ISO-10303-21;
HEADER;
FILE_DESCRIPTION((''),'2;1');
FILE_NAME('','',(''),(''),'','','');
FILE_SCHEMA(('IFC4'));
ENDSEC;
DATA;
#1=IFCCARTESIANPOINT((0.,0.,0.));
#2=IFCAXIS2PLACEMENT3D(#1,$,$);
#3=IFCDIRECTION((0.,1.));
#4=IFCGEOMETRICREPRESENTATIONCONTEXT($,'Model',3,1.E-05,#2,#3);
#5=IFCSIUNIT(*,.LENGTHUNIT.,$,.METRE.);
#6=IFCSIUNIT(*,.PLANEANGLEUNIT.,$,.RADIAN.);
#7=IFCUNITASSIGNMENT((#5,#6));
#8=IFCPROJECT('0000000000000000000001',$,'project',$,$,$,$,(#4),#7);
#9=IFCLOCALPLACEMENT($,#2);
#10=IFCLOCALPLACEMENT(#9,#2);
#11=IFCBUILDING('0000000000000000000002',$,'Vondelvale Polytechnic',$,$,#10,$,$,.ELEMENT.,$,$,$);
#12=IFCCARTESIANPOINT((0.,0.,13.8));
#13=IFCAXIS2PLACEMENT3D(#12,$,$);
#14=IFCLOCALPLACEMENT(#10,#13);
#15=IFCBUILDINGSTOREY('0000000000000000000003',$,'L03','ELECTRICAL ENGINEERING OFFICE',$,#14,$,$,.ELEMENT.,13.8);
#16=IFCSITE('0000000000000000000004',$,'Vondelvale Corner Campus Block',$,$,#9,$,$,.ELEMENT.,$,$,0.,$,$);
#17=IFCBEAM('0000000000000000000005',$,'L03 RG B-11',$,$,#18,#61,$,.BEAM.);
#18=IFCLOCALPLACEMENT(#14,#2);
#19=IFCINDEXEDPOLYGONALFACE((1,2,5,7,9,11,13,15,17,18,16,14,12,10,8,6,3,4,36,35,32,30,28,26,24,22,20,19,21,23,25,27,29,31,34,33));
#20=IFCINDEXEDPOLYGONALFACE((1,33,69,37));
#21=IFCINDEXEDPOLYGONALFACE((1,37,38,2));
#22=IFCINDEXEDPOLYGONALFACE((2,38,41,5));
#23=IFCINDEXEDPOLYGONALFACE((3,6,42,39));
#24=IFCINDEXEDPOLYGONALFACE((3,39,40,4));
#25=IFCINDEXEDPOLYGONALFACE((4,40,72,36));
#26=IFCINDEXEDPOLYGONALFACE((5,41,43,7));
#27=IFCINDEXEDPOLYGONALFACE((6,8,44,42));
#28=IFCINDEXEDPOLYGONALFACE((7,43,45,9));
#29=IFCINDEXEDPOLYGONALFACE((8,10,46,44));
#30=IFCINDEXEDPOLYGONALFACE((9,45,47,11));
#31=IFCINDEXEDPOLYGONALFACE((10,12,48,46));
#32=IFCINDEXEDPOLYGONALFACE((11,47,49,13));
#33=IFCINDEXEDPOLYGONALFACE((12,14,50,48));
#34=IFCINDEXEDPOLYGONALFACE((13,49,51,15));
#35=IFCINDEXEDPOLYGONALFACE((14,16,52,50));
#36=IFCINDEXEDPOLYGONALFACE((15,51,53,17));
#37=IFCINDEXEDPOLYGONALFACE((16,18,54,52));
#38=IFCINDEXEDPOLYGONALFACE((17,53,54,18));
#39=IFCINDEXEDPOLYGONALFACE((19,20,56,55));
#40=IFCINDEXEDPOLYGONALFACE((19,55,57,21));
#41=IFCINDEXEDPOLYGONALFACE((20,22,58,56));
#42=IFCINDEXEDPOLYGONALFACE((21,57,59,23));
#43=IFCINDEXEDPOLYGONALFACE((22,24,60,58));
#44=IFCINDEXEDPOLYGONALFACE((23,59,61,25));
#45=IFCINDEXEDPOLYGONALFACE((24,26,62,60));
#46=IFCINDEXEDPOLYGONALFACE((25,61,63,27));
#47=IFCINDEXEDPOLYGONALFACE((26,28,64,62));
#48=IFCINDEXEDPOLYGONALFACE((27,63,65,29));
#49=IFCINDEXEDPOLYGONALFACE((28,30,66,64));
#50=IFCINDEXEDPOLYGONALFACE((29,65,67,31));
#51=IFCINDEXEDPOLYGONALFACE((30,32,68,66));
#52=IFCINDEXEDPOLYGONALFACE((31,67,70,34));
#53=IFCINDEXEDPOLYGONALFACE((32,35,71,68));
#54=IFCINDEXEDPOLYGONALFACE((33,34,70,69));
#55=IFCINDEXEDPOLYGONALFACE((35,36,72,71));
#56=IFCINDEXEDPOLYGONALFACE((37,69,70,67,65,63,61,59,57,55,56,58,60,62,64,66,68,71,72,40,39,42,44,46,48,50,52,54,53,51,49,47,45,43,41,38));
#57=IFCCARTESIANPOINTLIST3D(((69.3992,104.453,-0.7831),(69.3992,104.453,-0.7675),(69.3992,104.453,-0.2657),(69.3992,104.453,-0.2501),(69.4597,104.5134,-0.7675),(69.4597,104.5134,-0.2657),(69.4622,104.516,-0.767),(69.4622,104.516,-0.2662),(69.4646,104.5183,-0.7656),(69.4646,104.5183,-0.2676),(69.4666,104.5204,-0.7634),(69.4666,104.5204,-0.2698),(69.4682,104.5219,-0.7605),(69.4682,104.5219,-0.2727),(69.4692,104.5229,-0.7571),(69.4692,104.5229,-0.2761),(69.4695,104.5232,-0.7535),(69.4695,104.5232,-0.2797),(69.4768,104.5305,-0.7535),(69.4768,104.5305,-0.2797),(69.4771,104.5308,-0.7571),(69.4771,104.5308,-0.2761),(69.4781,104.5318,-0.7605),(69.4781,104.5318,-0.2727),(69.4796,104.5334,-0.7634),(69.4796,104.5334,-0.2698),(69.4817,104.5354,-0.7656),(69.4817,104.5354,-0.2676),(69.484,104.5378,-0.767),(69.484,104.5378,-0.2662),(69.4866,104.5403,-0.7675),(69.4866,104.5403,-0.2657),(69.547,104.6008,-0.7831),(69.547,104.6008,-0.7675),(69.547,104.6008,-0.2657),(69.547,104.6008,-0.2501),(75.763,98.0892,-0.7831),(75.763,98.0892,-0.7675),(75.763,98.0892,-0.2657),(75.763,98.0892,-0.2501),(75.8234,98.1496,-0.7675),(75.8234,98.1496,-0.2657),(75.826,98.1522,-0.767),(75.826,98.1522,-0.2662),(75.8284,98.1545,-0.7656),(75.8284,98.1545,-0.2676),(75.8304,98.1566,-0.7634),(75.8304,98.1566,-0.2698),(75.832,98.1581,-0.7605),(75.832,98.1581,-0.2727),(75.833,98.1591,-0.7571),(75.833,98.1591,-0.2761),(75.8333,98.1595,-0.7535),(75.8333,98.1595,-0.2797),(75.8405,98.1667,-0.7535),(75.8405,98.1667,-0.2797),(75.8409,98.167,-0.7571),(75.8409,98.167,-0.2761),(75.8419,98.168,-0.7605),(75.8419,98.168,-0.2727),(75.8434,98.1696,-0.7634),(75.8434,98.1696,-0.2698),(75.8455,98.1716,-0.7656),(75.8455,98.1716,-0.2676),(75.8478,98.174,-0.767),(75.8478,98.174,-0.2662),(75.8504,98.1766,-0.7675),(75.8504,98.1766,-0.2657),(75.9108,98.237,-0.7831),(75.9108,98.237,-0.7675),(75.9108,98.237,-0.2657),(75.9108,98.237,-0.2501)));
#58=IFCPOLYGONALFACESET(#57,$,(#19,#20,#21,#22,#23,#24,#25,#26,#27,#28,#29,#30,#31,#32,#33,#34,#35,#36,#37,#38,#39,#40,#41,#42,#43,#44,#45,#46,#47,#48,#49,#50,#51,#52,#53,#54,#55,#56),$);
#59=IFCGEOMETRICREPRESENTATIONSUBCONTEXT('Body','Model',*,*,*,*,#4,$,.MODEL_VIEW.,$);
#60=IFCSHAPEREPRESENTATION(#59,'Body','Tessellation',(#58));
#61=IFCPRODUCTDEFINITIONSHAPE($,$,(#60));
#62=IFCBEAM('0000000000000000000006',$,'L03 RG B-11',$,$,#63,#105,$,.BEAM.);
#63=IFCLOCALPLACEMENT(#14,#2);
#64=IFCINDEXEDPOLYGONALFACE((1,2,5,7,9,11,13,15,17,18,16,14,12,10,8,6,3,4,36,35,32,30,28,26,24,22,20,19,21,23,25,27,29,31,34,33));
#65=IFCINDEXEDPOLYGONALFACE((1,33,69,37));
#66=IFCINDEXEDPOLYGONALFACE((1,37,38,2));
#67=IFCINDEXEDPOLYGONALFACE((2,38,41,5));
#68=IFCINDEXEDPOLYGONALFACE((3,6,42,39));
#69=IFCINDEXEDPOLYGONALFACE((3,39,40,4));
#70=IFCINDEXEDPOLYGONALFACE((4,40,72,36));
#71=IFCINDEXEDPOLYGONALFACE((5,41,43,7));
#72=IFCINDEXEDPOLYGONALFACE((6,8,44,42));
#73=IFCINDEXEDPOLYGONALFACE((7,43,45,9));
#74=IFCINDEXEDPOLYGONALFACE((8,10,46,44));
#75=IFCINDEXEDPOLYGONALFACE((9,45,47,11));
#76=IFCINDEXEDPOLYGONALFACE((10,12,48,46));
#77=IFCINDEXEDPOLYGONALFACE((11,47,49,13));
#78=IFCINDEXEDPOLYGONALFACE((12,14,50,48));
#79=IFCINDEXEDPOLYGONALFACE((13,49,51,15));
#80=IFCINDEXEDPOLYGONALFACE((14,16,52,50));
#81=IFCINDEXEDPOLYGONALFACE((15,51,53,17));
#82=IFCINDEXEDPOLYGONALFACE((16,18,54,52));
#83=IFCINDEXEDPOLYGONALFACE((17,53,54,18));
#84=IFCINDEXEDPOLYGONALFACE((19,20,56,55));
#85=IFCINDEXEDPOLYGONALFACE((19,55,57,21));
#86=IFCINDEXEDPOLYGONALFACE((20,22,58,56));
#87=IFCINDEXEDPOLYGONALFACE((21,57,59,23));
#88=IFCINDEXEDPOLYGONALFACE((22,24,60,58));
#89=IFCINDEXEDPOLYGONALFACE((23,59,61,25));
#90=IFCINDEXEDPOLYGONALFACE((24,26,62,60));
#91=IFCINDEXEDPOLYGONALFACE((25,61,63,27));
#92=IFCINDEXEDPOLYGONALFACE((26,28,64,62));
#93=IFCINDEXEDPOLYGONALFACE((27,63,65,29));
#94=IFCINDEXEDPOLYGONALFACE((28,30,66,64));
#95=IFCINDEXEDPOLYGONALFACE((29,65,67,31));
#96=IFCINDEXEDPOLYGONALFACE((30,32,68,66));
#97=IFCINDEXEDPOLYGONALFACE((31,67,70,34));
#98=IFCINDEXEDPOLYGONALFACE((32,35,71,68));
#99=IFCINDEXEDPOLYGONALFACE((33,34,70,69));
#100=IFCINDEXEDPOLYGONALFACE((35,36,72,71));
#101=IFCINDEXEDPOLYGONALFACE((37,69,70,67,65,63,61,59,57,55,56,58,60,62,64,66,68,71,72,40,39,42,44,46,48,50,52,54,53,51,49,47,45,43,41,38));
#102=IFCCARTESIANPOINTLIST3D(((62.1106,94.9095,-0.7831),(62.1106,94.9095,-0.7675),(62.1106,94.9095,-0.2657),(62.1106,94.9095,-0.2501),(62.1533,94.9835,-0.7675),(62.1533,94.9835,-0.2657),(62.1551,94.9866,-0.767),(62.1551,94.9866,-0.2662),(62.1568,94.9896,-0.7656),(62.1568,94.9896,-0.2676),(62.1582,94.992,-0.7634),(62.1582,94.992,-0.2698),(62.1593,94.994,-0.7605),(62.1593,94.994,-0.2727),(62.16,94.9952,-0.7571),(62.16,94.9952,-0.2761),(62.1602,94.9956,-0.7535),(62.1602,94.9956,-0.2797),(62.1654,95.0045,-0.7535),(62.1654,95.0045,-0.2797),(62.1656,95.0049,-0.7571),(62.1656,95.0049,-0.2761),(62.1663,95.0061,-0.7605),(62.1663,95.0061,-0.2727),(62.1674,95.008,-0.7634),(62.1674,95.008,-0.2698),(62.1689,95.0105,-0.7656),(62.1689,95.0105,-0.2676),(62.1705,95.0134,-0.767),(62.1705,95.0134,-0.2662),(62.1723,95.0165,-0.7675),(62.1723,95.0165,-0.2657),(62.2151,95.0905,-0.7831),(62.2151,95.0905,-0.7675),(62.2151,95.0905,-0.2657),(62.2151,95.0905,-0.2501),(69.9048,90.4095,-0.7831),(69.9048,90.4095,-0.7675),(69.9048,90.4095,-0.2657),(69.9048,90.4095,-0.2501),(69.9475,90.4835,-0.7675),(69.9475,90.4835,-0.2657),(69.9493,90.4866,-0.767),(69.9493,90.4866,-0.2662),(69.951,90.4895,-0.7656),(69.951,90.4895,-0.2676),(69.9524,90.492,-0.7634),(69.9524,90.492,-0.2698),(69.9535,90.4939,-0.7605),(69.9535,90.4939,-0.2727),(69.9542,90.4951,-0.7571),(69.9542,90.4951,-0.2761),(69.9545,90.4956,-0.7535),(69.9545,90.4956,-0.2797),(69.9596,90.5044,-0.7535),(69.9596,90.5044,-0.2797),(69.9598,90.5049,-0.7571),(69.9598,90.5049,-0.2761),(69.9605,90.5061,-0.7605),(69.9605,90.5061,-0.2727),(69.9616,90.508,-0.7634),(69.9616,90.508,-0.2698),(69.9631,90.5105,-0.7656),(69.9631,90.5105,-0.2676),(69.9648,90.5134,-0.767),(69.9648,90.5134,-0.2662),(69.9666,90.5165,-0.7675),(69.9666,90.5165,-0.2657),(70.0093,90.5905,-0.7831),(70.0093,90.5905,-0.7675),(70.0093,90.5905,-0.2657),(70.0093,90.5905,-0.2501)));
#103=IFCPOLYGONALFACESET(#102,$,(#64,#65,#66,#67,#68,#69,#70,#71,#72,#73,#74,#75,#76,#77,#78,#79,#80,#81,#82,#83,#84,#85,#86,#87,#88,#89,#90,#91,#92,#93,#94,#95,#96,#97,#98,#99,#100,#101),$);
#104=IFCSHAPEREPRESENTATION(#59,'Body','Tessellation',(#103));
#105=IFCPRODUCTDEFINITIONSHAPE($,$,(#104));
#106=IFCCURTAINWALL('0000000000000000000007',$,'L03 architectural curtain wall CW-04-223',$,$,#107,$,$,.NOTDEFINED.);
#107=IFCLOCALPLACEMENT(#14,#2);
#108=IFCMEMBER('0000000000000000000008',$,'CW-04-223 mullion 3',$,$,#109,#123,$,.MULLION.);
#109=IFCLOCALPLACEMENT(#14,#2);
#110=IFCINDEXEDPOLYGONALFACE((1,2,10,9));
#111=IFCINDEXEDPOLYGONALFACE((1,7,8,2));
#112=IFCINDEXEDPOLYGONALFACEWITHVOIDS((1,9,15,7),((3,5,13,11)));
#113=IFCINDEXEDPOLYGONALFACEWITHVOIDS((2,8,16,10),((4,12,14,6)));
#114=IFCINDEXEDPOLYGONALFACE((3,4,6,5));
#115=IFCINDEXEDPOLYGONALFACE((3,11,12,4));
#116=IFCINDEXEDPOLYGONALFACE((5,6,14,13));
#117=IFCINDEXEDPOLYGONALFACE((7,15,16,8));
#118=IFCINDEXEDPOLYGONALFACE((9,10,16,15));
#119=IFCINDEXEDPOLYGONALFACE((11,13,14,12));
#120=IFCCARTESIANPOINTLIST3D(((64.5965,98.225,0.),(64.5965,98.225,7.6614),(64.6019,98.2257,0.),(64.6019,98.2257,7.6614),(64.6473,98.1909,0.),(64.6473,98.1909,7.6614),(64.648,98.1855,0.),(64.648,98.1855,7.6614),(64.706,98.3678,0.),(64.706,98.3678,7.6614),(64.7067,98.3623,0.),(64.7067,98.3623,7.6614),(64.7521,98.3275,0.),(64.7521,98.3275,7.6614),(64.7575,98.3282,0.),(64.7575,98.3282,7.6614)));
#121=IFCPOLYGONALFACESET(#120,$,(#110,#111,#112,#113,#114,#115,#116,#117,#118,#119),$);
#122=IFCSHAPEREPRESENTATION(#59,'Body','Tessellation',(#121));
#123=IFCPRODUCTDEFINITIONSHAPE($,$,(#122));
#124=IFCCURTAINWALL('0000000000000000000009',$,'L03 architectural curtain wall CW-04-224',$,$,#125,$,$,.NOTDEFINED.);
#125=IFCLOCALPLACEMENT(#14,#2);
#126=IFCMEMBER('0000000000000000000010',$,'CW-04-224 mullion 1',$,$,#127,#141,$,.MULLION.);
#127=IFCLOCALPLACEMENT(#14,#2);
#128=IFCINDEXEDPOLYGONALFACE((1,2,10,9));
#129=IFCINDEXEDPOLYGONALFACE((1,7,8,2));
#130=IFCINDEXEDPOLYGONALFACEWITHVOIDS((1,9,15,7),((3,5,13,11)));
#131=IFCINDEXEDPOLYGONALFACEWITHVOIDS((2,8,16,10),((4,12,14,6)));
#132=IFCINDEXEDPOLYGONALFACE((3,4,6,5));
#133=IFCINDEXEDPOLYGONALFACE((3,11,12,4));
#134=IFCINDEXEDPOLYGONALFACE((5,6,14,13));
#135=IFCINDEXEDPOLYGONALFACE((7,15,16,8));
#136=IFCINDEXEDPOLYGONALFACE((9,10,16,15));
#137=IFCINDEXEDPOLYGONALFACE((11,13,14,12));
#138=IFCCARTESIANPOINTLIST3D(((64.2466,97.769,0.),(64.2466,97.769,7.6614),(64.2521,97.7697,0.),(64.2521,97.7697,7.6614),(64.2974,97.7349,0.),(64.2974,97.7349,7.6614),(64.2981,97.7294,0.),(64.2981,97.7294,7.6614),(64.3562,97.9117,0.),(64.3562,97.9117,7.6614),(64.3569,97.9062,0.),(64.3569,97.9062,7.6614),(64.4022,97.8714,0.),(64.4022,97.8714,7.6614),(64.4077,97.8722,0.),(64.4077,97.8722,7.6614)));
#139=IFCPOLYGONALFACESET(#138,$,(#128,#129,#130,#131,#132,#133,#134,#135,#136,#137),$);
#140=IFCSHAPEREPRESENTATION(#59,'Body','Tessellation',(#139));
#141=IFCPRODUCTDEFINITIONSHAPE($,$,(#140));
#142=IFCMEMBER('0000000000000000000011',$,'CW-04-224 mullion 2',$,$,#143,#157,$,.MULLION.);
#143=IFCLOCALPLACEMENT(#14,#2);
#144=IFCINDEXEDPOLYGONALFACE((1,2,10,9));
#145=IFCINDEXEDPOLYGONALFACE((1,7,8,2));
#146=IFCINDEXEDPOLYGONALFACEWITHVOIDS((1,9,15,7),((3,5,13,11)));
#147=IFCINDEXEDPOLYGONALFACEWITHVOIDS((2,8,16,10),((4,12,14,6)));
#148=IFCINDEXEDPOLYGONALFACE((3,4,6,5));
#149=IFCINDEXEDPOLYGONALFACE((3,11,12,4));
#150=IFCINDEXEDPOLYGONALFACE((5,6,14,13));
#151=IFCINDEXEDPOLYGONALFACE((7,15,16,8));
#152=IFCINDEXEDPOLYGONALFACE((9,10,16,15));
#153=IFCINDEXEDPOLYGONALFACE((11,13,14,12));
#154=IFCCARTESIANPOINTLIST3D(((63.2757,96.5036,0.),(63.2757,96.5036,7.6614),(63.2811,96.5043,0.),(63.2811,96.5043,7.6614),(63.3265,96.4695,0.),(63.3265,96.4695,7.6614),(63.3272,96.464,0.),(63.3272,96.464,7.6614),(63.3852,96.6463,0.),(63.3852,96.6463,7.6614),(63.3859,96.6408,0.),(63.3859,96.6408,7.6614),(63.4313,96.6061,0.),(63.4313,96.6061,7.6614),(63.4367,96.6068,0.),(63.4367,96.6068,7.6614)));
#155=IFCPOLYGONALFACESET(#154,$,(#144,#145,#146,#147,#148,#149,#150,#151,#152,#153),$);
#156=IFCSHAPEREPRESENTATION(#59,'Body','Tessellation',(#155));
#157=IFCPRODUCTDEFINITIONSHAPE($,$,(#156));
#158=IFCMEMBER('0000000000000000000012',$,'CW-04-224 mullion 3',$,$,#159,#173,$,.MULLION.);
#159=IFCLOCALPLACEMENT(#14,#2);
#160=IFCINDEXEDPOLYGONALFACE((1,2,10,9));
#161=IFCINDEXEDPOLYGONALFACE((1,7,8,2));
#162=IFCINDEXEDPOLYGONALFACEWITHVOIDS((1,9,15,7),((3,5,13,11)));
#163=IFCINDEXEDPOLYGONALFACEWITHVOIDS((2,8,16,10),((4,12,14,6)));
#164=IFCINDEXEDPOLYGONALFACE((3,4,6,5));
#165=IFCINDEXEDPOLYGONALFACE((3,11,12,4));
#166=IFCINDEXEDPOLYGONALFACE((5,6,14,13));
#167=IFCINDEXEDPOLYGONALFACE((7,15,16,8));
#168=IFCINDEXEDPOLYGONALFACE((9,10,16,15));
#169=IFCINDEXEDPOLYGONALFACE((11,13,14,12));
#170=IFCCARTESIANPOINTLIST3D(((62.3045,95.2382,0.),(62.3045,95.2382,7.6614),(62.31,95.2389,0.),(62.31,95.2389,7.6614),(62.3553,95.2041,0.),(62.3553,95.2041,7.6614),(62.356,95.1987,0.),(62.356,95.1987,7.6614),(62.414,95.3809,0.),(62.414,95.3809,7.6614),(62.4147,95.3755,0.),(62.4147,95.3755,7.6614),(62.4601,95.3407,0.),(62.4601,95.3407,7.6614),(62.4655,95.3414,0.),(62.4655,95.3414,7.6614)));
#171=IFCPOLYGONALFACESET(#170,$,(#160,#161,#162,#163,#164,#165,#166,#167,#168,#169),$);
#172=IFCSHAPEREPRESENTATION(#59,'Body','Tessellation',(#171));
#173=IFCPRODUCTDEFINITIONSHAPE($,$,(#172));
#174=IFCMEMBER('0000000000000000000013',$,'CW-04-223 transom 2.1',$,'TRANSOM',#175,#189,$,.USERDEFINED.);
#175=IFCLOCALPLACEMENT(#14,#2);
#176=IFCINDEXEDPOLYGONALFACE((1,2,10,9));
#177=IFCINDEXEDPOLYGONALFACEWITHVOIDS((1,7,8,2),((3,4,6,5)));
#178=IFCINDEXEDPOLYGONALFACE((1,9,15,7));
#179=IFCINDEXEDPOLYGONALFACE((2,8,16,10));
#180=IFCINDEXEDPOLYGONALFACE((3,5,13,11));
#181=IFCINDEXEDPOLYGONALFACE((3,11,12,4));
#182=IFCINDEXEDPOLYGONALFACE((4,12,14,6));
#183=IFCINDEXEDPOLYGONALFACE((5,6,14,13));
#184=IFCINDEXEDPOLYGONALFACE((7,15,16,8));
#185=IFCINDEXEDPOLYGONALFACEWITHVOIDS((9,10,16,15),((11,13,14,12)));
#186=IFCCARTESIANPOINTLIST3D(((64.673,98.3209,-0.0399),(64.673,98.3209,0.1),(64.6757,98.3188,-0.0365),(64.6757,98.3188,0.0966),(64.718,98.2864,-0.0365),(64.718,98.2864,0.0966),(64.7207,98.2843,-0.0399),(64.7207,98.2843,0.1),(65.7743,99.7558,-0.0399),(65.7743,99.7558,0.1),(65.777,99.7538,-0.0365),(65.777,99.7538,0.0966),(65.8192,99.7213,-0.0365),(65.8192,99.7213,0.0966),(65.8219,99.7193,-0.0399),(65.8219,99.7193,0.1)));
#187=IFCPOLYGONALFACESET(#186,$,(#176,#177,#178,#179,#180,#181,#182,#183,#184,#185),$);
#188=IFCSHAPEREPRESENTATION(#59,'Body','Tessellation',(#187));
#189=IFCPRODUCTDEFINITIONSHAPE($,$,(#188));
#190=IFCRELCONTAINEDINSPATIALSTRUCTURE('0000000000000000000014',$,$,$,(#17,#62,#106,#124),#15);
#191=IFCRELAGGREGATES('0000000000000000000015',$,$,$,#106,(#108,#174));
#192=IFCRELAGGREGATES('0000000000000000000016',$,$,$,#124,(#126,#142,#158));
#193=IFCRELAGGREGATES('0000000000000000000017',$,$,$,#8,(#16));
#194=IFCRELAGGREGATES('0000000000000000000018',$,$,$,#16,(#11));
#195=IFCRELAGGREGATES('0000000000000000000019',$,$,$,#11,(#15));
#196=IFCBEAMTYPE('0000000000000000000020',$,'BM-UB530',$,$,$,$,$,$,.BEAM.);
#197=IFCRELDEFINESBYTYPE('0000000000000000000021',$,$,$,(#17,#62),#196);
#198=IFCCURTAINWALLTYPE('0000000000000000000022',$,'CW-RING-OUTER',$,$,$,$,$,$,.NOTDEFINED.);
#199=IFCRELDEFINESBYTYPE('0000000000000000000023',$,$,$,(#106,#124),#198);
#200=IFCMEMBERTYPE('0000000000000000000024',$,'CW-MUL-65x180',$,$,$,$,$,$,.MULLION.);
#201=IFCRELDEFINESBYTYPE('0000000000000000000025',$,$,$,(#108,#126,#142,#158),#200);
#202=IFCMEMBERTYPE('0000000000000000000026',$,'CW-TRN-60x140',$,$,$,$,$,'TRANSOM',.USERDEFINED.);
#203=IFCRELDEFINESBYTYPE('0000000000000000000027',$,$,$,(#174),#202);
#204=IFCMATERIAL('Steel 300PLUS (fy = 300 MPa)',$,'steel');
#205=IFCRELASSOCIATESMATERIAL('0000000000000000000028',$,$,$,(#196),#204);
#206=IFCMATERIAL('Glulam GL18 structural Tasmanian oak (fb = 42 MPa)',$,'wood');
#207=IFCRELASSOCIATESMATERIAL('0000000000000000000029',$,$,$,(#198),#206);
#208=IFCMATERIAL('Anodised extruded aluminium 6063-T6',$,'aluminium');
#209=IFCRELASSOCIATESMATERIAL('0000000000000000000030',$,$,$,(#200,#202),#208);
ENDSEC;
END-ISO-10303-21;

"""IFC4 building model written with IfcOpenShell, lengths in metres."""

from ifc_helpers import new_model, si_unit, direction, frame, origin, origin_2d, place, context, subcontext, project, spatial, hollow_rectangle, i_section, extrude, material, material_profile, profile_set, type_object, element, aggregate, save


model = new_model("IFC4")

# Units and contexts
model_context = context("Model", 3, precision=1e-05, world=origin(), true_north=direction((0.0, 1.0)))
body_context = subcontext(model_context, "Body", "Model", "MODEL_VIEW")
ifc_project = project(units=[si_unit("LENGTHUNIT", "METRE"), si_unit("PLANEANGLEUNIT", "RADIAN")], contexts=[model_context])

# Site, building, storey
site_placement = place(None, origin())
site = spatial("IfcSite", under=ifc_project, at=site_placement, Name="Vondelvale Corner Campus Block", CompositionType="ELEMENT", RefElevation=0.0)
building_placement = place(site_placement, origin())
building = spatial("IfcBuilding", under=site, at=building_placement, Name="Vondelvale Polytechnic", CompositionType="ELEMENT")
storey_placement = place(building_placement, frame((0.0, 0.0, 13.8)))
storey = spatial("IfcBuildingStorey", under=building, at=storey_placement, Name="L03", Description="ELECTRICAL ENGINEERING OFFICE", CompositionType="ELEMENT", Elevation=13.8)

# Shared definitions
ifc_material_1 = material(Name="Glulam GL18 structural Tasmanian oak (fb = 42 MPa)", Category="wood")
ifc_material_2 = material(Name="Steel 300PLUS (fy = 300 MPa)", Category="steel")

# Beams
ifc_material_profile_1 = material_profile(ifc_material_2, i_section(OverallWidth=0.209, OverallDepth=0.533, WebThickness=0.0103, FlangeThickness=0.0156, FilletRadius=0.0139, at=origin_2d()), Name="530UB92.4")
ifc_profile_set_1 = profile_set([ifc_material_profile_1], Name="Steel 300PLUS (fy = 300 MPa)")
beam_type_1 = type_object("IfcBeamType", Name="BM-UB530", PredefinedType="BEAM", material=ifc_profile_set_1)
beam_1_placement = place(storey_placement, frame((75.8369, 98.1631, -0.5166), z_axis=(-0.707107, 0.707107, 0.0), x_axis=(-0.707107, -0.707107, 0.0)))
element("IfcBeam", 1, at=beam_1_placement, inside=storey, type_object=beam_type_1, Name="L03 RG B-11", PredefinedType="BEAM", context=body_context, shape_type="SweptSolid", body=[
    extrude(i_section(OverallWidth=0.209, OverallDepth=0.533, WebThickness=0.0103, FlangeThickness=0.0156, FilletRadius=0.0139, at=origin_2d()), origin(), (0.0, 0.0, 1.0), 8.9998),
])
beam_2_placement = place(storey_placement, frame((69.957, 90.5, -0.5166), z_axis=(-0.866024, 0.500002, 0.0), x_axis=(-0.500002, -0.866024, 0.0)))
element("IfcBeam", 2, at=beam_2_placement, inside=storey, type_object=beam_type_1, Name="L03 RG B-11", PredefinedType="BEAM", context=body_context, shape_type="SweptSolid", body=[
    extrude(i_section(OverallWidth=0.209, OverallDepth=0.533, WebThickness=0.0103, FlangeThickness=0.0156, FilletRadius=0.0139, at=origin_2d()), origin(), (0.0, 0.0, 1.0), 9.0),
])

# Curtain wall, member
curtain_wall_type_1 = type_object("IfcCurtainWallType", Name="CW-RING-OUTER", PredefinedType="NOTDEFINED", material=ifc_material_1)
curtain_wall_1_placement = place(storey_placement, origin())
curtain_wall_1 = element("IfcCurtainWall", 3, at=curtain_wall_1_placement, inside=storey, type_object=curtain_wall_type_1, Name="L03 architectural curtain wall CW-04-223", PredefinedType="NOTDEFINED")
ifc_material_3 = material(Name="Anodised extruded aluminium 6063-T6", Category="aluminium")
ifc_material_profile_2 = material_profile(ifc_material_3, hollow_rectangle(XDim=0.0649, YDim=0.1799, WallThickness=0.0039, at=origin_2d()), Name="CW-MUL-180x65")
ifc_profile_set_2 = profile_set([ifc_material_profile_2], Name="Anodised extruded aluminium 6063-T6")
member_type_1 = type_object("IfcMemberType", Name="CW-MUL-65x180", PredefinedType="MULLION", material=ifc_profile_set_2)
member_1_placement = place(storey_placement, frame((64.677, 98.2766, 0.0), z_axis=(0.0, 0.0, 1.0), x_axis=(0.793346, -0.608771, 0.0)))
member_1 = element("IfcMember", 4, at=member_1_placement, type_object=member_type_1, Name="CW-04-223 mullion 3", PredefinedType="MULLION", context=body_context, shape_type="SweptSolid", body=[
    extrude(hollow_rectangle(XDim=0.0649, YDim=0.1799, WallThickness=0.0039, at=origin_2d()), origin(), (0.0, 0.0, 1.0), 7.6614),
])

# Curtain wall, members
curtain_wall_2_placement = place(storey_placement, origin())
curtain_wall_2 = element("IfcCurtainWall", 5, at=curtain_wall_2_placement, inside=storey, type_object=curtain_wall_type_1, Name="L03 architectural curtain wall CW-04-224", PredefinedType="NOTDEFINED")
member_2_placement = place(storey_placement, frame((64.3271, 97.8206, 0.0), z_axis=(0.0, 0.0, 1.0), x_axis=(0.793334, -0.608787, 0.0)))
member_2 = element("IfcMember", 6, at=member_2_placement, type_object=member_type_1, Name="CW-04-224 mullion 1", PredefinedType="MULLION", context=body_context, shape_type="SweptSolid", body=[
    extrude(hollow_rectangle(XDim=0.0649, YDim=0.1799, WallThickness=0.0039, at=origin_2d()), origin(), (0.0, 0.0, 1.0), 7.6614),
])
member_3_placement = place(storey_placement, frame((63.3562, 96.5552, 0.0), z_axis=(0.0, 0.0, 1.0), x_axis=(0.793334, -0.608787, 0.0)))
member_3 = element("IfcMember", 7, at=member_3_placement, type_object=member_type_1, Name="CW-04-224 mullion 2", PredefinedType="MULLION", context=body_context, shape_type="SweptSolid", body=[
    extrude(hollow_rectangle(XDim=0.0649, YDim=0.1799, WallThickness=0.0039, at=origin_2d()), origin(), (0.0, 0.0, 1.0), 7.6614),
])
member_4_placement = place(storey_placement, frame((62.385, 95.2898, 0.0), z_axis=(0.0, 0.0, 1.0), x_axis=(0.793334, -0.608787, 0.0)))
member_4 = element("IfcMember", 8, at=member_4_placement, type_object=member_type_1, Name="CW-04-224 mullion 3", PredefinedType="MULLION", context=body_context, shape_type="SweptSolid", body=[
    extrude(hollow_rectangle(XDim=0.0649, YDim=0.1799, WallThickness=0.0039, at=origin_2d()), origin(), (0.0, 0.0, 1.0), 7.6614),
])

# Member
ifc_material_profile_3 = material_profile(ifc_material_3, hollow_rectangle(XDim=0.0601, YDim=0.1399, WallThickness=0.0034, at=origin_2d()), Name="CW-TRN-140x60")
ifc_profile_set_3 = profile_set([ifc_material_profile_3], Name="Anodised extruded aluminium 6063-T6")
member_type_2 = type_object("IfcMemberType", Name="CW-TRN-60x140", ElementType="TRANSOM", PredefinedType="USERDEFINED", material=ifc_profile_set_3)
member_5_placement = place(storey_placement, frame((65.7981, 99.7375, 0.03), z_axis=(-0.608817, -0.793311, 0.0), x_axis=(0.793311, -0.608817, 0.0)))
member_5 = element("IfcMember", 9, at=member_5_placement, type_object=member_type_2, Name="CW-04-223 transom 2.1", ObjectType="TRANSOM", PredefinedType="USERDEFINED", context=body_context, shape_type="SweptSolid", body=[
    extrude(hollow_rectangle(XDim=0.0601, YDim=0.1399, WallThickness=0.0034, at=origin_2d()), origin(), (0.0, 0.0, 1.0), 1.8088),
])

aggregate(curtain_wall_1, [member_1, member_5])
aggregate(curtain_wall_2, [member_2, member_3, member_4])

save(model, "model.ifc")
